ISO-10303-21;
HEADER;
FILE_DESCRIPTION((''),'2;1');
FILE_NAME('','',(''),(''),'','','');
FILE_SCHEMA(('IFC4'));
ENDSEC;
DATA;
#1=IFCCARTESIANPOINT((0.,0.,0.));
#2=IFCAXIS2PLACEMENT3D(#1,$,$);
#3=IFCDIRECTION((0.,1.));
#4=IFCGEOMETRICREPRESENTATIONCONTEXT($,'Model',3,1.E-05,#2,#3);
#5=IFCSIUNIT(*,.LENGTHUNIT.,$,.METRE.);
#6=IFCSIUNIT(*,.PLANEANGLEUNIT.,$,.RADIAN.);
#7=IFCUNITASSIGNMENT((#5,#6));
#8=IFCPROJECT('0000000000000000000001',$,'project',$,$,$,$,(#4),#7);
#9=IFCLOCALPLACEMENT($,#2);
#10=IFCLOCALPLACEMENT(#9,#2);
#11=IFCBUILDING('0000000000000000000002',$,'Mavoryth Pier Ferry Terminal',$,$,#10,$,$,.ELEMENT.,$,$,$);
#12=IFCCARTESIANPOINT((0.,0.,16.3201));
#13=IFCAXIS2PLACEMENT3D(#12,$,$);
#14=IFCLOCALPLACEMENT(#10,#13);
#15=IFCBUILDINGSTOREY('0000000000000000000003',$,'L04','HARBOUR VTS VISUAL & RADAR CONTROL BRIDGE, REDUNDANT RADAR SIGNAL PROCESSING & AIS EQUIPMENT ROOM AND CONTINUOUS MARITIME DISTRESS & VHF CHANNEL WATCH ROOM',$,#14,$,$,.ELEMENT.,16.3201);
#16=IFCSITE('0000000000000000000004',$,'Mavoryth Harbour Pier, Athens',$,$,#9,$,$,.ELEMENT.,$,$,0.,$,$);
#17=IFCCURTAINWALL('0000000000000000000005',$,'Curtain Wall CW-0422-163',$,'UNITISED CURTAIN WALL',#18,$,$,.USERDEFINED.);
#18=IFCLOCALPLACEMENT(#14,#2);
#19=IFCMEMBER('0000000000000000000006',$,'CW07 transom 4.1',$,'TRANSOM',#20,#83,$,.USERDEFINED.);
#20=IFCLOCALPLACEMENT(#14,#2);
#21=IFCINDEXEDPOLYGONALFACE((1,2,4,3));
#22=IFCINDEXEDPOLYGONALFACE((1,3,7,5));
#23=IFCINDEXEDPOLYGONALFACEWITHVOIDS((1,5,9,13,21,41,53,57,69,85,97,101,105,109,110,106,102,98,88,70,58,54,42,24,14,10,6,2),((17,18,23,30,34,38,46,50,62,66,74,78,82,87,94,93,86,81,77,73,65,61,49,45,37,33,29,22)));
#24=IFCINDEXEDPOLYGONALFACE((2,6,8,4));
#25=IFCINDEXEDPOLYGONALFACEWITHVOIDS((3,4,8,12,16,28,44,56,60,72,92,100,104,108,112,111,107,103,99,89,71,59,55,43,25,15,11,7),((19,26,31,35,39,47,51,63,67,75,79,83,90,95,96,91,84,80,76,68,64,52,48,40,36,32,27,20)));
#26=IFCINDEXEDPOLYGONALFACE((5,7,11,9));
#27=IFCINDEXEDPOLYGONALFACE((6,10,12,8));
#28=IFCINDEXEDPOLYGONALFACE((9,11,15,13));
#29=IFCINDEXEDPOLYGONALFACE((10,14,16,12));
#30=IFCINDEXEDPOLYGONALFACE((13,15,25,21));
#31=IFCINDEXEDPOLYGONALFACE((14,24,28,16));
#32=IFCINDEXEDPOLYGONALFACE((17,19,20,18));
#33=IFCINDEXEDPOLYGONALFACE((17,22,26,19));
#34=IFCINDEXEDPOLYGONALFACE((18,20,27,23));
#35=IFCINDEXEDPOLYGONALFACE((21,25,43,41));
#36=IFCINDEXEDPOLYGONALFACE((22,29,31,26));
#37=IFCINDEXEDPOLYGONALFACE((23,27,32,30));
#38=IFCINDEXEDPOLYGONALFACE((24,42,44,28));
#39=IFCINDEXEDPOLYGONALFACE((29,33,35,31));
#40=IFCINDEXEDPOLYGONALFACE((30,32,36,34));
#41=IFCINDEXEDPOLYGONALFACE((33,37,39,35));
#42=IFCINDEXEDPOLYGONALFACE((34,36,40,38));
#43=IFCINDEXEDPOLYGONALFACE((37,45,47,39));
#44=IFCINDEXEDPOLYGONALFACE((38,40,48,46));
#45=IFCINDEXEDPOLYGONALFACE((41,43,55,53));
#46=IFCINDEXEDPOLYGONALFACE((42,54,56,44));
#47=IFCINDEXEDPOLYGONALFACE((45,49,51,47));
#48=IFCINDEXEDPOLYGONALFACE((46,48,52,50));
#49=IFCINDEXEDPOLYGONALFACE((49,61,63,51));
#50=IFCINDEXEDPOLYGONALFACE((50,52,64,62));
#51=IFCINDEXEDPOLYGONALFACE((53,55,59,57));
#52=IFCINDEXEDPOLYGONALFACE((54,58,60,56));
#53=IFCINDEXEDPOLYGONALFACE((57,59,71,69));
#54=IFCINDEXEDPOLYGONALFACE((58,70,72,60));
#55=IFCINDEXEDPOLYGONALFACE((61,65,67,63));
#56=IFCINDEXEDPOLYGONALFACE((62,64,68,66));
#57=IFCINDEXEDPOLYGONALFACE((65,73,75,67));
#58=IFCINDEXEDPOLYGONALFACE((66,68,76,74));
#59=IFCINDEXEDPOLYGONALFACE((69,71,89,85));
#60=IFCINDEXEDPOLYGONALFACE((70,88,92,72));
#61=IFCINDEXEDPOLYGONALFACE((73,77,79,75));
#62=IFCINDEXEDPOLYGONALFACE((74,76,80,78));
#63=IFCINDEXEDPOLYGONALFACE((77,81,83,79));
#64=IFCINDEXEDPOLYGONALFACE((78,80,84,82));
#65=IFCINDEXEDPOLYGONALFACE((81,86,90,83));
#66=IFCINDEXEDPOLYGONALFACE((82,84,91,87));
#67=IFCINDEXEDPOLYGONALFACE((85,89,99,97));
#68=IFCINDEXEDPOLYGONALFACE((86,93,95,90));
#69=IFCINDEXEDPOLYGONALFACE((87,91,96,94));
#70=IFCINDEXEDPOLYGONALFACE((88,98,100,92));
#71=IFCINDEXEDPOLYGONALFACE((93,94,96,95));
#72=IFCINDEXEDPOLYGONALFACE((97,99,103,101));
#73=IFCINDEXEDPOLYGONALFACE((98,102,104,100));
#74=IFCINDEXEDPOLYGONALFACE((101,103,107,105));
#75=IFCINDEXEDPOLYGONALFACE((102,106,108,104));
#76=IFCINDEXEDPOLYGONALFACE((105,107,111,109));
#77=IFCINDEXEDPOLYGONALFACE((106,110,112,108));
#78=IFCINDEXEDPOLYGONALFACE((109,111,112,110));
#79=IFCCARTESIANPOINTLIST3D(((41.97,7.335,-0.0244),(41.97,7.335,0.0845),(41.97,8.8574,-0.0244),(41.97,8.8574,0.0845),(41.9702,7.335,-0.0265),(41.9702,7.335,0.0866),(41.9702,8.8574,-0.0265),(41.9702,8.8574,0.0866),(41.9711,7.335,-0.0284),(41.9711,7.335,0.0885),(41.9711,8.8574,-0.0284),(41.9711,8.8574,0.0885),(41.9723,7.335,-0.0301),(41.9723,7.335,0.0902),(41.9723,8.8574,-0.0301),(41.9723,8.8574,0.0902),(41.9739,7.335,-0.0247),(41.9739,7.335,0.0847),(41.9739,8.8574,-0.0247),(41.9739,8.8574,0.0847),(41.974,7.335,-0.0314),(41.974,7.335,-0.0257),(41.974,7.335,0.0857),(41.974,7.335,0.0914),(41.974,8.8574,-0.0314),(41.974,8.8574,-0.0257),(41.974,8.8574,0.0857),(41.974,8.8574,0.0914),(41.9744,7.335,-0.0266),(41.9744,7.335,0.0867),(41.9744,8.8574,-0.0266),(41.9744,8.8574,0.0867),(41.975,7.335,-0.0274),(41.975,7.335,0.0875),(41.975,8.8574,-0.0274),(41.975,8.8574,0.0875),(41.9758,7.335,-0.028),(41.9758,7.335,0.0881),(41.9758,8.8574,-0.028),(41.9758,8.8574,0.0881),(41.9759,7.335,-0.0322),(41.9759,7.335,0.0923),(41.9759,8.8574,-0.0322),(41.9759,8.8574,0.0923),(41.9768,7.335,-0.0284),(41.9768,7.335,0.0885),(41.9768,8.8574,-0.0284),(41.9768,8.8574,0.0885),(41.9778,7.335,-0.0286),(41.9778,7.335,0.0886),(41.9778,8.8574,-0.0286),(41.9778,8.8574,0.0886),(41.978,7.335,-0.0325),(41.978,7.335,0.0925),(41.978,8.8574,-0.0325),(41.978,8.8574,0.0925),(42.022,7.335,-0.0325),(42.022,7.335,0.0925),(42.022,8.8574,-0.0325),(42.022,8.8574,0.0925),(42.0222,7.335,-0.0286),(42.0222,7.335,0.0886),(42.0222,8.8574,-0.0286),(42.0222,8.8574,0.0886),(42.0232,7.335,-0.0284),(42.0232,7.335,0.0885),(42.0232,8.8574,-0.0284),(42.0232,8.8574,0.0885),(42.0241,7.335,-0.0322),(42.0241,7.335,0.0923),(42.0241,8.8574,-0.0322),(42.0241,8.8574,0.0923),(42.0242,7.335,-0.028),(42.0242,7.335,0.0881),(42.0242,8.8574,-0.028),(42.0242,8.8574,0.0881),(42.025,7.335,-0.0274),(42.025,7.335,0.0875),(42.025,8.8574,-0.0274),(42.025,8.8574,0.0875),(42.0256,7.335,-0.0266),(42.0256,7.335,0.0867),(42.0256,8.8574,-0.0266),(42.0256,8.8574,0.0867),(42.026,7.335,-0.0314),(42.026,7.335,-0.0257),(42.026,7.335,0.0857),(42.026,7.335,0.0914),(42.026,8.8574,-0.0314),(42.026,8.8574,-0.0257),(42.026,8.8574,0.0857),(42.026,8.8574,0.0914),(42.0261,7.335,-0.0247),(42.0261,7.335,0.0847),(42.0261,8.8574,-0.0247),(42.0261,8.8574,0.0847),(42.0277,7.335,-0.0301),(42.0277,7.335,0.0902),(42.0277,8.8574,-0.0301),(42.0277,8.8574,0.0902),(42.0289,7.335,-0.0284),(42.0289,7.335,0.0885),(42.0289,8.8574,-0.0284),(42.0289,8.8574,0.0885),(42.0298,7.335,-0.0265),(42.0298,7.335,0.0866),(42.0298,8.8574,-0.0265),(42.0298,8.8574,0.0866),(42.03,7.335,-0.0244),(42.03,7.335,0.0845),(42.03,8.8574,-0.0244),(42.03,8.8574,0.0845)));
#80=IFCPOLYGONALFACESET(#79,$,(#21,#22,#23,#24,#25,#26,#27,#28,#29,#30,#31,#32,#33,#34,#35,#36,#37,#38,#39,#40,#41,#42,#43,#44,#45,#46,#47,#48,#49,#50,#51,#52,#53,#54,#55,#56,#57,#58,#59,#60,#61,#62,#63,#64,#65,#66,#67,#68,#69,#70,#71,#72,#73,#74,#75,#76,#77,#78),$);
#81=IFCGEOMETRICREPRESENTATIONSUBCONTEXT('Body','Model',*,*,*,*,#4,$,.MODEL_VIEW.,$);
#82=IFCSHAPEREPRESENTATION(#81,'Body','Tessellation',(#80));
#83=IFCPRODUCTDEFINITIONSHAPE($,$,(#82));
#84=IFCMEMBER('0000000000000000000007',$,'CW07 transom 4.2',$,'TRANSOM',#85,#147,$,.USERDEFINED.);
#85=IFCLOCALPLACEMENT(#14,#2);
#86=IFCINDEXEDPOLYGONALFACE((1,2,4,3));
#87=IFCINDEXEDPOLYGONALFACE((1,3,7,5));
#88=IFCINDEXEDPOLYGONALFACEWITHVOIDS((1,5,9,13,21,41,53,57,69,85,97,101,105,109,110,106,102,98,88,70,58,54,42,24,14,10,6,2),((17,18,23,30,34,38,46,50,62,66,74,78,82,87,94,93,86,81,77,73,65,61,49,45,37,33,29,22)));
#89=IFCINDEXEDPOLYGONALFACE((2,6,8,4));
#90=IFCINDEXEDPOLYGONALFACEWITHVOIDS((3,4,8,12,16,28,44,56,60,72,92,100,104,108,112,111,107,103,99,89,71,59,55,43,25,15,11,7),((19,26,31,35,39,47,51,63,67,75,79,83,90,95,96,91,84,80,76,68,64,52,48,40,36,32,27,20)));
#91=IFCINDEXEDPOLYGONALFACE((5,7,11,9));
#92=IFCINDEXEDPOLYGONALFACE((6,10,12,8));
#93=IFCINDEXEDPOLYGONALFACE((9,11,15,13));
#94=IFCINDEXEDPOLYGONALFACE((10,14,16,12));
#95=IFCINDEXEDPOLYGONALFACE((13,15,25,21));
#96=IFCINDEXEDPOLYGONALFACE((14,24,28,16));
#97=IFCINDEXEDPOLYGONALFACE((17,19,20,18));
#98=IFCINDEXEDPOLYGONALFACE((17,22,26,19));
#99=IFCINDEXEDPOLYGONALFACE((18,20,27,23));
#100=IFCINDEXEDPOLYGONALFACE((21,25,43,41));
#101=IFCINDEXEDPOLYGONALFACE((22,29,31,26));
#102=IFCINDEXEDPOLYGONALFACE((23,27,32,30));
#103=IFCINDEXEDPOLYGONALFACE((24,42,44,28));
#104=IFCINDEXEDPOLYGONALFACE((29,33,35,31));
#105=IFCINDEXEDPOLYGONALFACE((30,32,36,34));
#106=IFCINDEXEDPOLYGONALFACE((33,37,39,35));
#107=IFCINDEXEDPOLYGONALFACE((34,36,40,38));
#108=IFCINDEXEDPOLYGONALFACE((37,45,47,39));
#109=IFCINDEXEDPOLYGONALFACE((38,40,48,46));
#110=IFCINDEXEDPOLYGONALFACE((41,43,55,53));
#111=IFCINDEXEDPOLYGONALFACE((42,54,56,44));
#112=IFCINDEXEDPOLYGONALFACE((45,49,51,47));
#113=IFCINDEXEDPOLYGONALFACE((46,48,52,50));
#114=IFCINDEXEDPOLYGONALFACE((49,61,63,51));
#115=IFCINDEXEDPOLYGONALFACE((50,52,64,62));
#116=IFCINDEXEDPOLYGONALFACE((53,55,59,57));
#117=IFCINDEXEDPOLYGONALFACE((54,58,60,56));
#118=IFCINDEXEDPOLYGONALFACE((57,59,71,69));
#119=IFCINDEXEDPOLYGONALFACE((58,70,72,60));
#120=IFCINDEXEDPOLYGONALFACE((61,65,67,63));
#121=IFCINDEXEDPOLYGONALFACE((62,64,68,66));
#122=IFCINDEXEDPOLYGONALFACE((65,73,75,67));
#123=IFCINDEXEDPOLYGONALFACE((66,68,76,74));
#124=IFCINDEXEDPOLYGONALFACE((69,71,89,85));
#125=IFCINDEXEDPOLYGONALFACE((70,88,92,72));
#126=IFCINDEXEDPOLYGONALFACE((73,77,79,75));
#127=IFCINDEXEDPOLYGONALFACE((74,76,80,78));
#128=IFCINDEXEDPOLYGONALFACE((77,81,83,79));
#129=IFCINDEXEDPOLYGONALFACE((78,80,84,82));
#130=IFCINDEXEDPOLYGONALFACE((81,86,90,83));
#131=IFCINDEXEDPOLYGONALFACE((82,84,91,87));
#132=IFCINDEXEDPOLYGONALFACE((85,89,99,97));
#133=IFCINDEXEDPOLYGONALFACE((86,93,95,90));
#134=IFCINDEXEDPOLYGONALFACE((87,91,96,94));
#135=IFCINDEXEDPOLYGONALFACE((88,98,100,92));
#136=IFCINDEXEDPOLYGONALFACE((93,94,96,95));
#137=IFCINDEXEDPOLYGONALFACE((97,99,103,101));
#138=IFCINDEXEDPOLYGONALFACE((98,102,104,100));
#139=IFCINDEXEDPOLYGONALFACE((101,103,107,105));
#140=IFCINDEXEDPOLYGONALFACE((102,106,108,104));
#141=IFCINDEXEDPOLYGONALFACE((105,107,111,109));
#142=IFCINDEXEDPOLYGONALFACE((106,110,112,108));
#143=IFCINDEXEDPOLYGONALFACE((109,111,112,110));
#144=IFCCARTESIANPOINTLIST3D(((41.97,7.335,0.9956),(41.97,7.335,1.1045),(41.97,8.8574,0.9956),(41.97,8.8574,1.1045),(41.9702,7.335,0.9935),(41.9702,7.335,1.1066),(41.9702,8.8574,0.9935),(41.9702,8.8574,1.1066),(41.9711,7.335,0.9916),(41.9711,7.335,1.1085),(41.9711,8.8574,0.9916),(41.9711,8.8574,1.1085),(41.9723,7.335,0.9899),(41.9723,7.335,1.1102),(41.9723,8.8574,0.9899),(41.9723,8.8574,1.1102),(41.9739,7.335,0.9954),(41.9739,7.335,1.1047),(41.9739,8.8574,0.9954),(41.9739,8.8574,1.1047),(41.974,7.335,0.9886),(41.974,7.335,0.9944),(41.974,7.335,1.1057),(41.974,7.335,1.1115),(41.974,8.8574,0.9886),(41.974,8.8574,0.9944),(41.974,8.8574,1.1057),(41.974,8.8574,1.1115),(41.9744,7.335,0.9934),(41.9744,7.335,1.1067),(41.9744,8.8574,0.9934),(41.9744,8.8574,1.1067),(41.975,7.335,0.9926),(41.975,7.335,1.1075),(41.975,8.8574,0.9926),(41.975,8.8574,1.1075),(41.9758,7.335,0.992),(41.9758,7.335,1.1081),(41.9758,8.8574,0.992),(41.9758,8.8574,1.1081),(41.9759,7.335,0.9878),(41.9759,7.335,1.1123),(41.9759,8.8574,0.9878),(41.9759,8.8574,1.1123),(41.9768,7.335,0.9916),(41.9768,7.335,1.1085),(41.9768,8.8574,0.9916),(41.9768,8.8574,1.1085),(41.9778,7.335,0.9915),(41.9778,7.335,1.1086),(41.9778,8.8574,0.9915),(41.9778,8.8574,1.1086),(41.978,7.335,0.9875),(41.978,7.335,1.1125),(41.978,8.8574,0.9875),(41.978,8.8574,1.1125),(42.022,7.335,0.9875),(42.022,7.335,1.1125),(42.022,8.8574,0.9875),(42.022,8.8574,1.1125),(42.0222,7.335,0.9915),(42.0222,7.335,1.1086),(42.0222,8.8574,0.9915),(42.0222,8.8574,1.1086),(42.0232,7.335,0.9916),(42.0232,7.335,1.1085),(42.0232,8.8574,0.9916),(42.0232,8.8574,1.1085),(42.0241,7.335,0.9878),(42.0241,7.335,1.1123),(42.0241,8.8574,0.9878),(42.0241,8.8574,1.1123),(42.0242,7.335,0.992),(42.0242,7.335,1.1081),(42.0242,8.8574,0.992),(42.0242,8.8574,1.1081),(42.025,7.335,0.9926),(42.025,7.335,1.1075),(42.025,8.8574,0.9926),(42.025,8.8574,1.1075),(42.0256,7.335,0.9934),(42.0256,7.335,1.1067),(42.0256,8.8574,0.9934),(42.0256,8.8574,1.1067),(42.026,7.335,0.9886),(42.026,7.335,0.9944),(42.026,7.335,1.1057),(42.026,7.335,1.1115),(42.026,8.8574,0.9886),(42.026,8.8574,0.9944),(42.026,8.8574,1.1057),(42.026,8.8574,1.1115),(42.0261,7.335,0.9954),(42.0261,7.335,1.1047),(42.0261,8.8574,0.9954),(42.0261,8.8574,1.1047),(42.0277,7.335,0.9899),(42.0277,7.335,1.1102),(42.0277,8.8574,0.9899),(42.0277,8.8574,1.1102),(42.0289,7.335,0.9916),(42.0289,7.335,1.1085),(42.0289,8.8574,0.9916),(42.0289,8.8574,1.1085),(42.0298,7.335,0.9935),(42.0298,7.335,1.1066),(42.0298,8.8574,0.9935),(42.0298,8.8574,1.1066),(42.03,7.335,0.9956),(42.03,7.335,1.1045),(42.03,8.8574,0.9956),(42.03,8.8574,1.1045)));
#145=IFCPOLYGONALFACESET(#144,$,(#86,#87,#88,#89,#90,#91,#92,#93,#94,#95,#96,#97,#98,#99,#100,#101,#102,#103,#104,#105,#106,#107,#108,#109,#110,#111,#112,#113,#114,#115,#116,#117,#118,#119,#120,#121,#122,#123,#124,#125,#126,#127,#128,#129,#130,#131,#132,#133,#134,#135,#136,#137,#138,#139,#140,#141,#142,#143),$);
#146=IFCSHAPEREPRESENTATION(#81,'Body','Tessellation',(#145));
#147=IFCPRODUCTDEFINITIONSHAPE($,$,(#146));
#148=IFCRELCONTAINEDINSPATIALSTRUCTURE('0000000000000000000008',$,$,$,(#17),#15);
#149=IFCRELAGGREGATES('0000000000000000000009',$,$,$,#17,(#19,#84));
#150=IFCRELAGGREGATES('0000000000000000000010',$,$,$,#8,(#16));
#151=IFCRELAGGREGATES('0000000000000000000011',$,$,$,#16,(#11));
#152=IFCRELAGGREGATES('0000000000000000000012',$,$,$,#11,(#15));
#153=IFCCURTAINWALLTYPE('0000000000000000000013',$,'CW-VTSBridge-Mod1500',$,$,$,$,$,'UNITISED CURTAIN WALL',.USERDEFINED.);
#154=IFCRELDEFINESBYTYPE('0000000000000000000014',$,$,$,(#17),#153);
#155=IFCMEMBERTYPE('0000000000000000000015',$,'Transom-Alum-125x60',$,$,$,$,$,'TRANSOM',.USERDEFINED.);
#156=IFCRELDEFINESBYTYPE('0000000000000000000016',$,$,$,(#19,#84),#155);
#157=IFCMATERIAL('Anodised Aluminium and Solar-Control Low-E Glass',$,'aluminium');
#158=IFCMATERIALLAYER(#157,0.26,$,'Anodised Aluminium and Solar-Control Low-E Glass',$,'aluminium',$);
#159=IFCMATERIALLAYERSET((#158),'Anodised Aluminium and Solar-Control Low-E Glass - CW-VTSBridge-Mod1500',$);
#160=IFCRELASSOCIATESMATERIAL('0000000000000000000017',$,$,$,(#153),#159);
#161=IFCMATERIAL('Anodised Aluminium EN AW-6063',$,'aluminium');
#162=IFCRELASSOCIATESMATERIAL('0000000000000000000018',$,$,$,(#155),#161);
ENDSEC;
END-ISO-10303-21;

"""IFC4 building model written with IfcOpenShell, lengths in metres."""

from ifc_helpers import new_model, si_unit, direction, frame, origin, origin_2d, place, context, subcontext, project, spatial, hollow_rectangle, extrude, material, layer, layer_set, material_profile, profile_set, type_object, element, aggregate, save


model = new_model("IFC4")

# Units and contexts
model_context = context("Model", 3, precision=1e-05, world=origin(), true_north=direction((0.0, 1.0)))
body_context = subcontext(model_context, "Body", "Model", "MODEL_VIEW")
ifc_project = project(units=[si_unit("LENGTHUNIT", "METRE"), si_unit("PLANEANGLEUNIT", "RADIAN")], contexts=[model_context])

# Site, building, storey
site_placement = place(None, origin())
site = spatial("IfcSite", under=ifc_project, at=site_placement, Name="Mavoryth Harbour Pier, Athens", CompositionType="ELEMENT", RefElevation=0.0)
building_placement = place(site_placement, origin())
building = spatial("IfcBuilding", under=site, at=building_placement, Name="Mavoryth Pier Ferry Terminal", CompositionType="ELEMENT")
storey_placement = place(building_placement, frame((0.0, 0.0, 16.3201)))
storey = spatial("IfcBuildingStorey", under=building, at=storey_placement, Name="L04", Description="HARBOUR VTS VISUAL & RADAR CONTROL BRIDGE, REDUNDANT RADAR SIGNAL PROCESSING & AIS EQUIPMENT ROOM AND CONTINUOUS MARITIME DISTRESS & VHF CHANNEL WATCH ROOM", CompositionType="ELEMENT", Elevation=16.3201)

# Shared definitions
ifc_material_1 = material(Name="Anodised Aluminium and Solar-Control Low-E Glass", Category="aluminium")
ifc_layer_1 = layer(ifc_material_1, 0.26, Name="Anodised Aluminium and Solar-Control Low-E Glass", Category="aluminium")
ifc_layer_set_1 = layer_set([ifc_layer_1], Name="Anodised Aluminium and Solar-Control Low-E Glass - CW-VTSBridge-Mod1500")
curtain_wall_type = type_object("IfcCurtainWallType", Name="CW-VTSBridge-Mod1500", ElementType="UNITISED CURTAIN WALL", PredefinedType="USERDEFINED", material=ifc_layer_set_1)
ifc_material_2 = material(Name="Anodised Aluminium EN AW-6063", Category="aluminium")

# Curtain wall, members
curtain_wall_1_placement = place(storey_placement, origin())
curtain_wall_1 = element("IfcCurtainWall", 1, at=curtain_wall_1_placement, inside=storey, type_object=curtain_wall_type, Name="Curtain Wall CW-0422-163", ObjectType="UNITISED CURTAIN WALL", PredefinedType="USERDEFINED")
ifc_material_profile_1 = material_profile(ifc_material_2, hollow_rectangle(XDim=0.0601, YDim=0.125, WallThickness=0.0039, InnerFilletRadius=0.0039, OuterFilletRadius=0.0081, at=origin_2d()), Name="AL-TRAN 125x60x4", Category="aluminium")
ifc_profile_set_1 = profile_set([ifc_material_profile_1], Name="Anodised Aluminium EN AW-6063 - AL-TRAN 125x60x4")
member_type_1 = type_object("IfcMemberType", Name="Transom-Alum-125x60", ElementType="TRANSOM", PredefinedType="USERDEFINED", material=ifc_profile_set_1)
member_1_placement = place(storey_placement, frame((42.0, 8.8574, 0.03), z_axis=(0.0, -1.0, 0.0), x_axis=(1.0, 0.0, 0.0)))
member_1 = element("IfcMember", 2, at=member_1_placement, type_object=member_type_1, Name="CW07 transom 4.1", ObjectType="TRANSOM", PredefinedType="USERDEFINED", context=body_context, shape_type="SweptSolid", body=[
    extrude(hollow_rectangle(XDim=0.0601, YDim=0.125, WallThickness=0.0039, InnerFilletRadius=0.0039, OuterFilletRadius=0.0081, at=origin_2d()), origin(), (0.0, 0.0, 1.0), 1.5225),
])
member_2_placement = place(storey_placement, frame((42.0, 8.8574, 1.05), z_axis=(0.0, -1.0, 0.0), x_axis=(1.0, 0.0, 0.0)))
member_2 = element("IfcMember", 3, at=member_2_placement, type_object=member_type_1, Name="CW07 transom 4.2", ObjectType="TRANSOM", PredefinedType="USERDEFINED", context=body_context, shape_type="SweptSolid", body=[
    extrude(hollow_rectangle(XDim=0.0601, YDim=0.125, WallThickness=0.0039, InnerFilletRadius=0.0039, OuterFilletRadius=0.0081, at=origin_2d()), origin(), (0.0, 0.0, 1.0), 1.5225),
])
aggregate(curtain_wall_1, [member_1, member_2])

save(model, "model.ifc")
